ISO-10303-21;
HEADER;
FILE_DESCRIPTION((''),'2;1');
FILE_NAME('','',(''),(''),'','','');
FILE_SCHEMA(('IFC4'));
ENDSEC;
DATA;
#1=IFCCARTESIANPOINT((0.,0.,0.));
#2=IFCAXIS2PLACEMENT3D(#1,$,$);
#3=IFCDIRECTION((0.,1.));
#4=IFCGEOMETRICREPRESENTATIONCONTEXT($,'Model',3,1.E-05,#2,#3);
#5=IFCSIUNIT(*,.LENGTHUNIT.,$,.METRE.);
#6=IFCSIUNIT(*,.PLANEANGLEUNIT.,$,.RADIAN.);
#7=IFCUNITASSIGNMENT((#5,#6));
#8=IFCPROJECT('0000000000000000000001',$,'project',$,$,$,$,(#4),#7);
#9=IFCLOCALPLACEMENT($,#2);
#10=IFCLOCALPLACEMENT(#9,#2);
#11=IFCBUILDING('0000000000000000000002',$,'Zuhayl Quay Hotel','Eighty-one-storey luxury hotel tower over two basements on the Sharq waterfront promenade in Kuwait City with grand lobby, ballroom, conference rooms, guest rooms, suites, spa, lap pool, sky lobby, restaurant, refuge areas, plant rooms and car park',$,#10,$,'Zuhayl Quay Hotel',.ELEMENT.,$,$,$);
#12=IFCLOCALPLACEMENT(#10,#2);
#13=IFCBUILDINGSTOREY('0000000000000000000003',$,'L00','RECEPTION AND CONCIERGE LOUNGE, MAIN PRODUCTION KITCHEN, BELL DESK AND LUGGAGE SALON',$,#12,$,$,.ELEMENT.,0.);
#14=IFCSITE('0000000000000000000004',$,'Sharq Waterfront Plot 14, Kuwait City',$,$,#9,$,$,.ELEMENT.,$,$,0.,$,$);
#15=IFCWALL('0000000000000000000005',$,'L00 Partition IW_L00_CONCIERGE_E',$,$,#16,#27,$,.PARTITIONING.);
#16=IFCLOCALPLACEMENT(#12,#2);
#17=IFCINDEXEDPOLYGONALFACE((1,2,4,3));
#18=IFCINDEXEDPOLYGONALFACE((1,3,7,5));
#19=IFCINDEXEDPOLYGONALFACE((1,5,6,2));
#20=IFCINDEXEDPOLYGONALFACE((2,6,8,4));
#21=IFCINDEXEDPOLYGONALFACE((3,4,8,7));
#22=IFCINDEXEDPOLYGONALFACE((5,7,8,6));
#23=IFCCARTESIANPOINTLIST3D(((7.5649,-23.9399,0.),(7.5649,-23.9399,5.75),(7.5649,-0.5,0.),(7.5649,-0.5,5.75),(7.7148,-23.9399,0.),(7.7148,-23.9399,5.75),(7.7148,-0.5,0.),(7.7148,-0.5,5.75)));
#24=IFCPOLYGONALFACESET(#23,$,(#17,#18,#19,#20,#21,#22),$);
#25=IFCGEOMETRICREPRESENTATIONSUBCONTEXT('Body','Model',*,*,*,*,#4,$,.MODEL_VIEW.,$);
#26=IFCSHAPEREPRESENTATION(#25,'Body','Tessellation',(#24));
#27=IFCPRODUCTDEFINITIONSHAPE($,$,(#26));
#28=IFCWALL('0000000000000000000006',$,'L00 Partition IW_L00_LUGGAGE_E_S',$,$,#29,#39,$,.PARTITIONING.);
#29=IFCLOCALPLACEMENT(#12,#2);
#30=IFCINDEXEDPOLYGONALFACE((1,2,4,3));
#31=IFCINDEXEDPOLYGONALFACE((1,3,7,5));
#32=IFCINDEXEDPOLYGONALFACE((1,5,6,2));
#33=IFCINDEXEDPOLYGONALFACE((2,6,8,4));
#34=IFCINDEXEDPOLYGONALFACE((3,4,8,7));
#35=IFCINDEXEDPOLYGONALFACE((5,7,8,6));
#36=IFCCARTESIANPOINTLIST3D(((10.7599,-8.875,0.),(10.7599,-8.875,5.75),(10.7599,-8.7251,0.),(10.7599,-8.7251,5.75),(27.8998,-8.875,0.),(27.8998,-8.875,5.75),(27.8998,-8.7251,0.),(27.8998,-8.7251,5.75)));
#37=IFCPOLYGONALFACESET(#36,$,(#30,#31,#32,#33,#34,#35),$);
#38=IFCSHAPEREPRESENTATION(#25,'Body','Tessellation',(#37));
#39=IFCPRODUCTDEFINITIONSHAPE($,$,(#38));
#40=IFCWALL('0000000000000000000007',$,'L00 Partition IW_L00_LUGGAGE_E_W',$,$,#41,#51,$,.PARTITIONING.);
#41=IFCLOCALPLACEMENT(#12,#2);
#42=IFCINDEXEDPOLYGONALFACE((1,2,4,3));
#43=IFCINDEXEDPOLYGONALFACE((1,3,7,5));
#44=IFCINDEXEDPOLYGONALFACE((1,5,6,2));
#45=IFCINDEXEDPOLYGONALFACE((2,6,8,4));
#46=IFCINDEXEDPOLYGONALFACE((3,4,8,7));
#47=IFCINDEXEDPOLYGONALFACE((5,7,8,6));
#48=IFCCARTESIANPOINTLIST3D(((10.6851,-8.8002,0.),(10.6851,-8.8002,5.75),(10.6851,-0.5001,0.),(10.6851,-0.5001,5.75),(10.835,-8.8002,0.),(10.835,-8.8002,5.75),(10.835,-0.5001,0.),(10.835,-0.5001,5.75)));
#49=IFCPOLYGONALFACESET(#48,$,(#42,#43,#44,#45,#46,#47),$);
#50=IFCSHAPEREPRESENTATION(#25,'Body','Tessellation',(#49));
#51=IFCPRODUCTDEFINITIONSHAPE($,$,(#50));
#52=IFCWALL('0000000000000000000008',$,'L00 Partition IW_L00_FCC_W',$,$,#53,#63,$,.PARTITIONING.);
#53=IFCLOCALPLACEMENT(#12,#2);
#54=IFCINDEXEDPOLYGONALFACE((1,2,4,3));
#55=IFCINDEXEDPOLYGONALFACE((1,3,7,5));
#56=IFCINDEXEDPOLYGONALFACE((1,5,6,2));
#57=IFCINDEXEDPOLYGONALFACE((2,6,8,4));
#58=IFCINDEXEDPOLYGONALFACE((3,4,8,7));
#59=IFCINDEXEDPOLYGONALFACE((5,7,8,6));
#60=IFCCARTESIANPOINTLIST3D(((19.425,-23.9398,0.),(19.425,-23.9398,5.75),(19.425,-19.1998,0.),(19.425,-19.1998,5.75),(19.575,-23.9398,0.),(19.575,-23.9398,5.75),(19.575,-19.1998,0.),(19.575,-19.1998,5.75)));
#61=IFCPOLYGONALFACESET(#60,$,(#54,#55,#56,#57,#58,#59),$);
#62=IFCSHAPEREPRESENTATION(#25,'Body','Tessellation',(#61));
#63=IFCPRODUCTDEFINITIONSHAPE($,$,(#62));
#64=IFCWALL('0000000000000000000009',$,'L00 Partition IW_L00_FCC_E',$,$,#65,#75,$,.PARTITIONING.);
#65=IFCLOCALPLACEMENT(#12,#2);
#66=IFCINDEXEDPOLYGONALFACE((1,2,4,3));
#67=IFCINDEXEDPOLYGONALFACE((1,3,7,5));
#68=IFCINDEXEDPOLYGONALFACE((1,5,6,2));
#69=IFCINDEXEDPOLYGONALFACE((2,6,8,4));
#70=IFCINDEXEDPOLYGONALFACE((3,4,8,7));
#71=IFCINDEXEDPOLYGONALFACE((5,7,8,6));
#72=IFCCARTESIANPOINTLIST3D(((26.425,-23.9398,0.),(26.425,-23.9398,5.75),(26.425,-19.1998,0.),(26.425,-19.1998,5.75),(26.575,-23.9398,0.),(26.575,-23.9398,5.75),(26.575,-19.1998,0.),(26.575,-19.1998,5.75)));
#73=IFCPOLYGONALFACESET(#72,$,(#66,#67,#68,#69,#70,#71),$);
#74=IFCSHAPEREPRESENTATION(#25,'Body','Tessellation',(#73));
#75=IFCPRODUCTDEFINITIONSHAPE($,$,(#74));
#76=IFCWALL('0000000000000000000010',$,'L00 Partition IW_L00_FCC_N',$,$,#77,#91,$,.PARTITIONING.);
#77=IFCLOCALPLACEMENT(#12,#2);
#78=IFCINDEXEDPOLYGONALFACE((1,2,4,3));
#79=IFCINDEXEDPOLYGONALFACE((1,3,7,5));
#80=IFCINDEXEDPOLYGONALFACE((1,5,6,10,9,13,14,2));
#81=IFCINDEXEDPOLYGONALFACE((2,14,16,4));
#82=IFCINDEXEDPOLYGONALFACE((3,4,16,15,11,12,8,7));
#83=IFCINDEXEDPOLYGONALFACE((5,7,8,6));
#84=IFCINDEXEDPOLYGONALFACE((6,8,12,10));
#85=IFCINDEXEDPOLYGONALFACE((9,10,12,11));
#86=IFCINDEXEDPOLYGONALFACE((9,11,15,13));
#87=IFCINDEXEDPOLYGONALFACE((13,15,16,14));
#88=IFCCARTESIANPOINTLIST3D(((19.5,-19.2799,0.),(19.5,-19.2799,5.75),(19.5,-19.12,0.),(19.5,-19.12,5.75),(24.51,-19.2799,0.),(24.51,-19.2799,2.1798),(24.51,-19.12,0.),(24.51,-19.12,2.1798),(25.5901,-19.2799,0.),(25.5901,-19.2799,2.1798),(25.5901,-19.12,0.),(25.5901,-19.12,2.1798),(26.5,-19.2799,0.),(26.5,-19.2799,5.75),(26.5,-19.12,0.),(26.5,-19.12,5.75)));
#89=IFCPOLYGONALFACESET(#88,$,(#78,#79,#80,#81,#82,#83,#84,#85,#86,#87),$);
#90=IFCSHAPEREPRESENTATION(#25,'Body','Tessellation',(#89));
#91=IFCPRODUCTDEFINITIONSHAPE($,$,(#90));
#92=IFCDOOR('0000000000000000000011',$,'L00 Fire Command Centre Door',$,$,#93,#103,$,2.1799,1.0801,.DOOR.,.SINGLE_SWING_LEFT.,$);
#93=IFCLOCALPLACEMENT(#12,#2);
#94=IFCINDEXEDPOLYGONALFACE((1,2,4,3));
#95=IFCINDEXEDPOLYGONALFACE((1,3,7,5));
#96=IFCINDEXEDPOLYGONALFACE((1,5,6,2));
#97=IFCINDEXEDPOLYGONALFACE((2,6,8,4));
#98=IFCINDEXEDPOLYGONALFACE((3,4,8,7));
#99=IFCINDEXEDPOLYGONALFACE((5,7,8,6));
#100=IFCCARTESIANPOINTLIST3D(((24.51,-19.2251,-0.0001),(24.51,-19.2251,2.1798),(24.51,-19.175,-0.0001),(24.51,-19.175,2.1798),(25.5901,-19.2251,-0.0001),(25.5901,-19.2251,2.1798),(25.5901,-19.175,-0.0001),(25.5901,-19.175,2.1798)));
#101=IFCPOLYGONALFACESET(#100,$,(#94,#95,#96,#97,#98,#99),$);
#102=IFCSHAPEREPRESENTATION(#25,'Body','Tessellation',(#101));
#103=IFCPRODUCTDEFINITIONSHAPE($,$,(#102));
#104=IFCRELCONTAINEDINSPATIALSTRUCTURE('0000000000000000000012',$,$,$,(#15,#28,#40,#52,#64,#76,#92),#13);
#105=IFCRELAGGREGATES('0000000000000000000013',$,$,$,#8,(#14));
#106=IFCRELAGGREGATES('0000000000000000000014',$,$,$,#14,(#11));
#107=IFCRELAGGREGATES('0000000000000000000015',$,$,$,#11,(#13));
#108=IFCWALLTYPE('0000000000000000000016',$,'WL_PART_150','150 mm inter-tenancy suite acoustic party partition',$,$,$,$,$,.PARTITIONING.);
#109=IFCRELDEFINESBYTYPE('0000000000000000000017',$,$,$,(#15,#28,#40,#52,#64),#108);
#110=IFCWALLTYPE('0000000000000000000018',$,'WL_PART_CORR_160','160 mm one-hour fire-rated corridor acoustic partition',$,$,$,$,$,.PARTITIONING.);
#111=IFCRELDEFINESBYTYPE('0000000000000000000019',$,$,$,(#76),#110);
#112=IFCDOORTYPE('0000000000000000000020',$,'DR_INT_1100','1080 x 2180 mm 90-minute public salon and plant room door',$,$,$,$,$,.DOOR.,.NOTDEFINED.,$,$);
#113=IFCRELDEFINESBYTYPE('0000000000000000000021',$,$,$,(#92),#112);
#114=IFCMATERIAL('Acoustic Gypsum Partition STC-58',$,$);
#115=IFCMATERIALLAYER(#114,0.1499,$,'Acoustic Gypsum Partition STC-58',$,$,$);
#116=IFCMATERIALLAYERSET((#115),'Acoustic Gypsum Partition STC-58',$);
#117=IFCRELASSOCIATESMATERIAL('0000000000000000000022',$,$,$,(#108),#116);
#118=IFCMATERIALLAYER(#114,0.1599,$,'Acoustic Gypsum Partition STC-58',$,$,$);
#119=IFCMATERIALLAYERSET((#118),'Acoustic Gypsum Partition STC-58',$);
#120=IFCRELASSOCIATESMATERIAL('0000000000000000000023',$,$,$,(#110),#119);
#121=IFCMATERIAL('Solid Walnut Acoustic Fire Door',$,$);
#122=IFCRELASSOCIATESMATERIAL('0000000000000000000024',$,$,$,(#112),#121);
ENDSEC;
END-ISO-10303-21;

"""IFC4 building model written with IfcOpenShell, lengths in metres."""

from ifc_helpers import new_model, si_unit, direction, frame, frame_2d, origin, place, context, subcontext, project, spatial, rectangle, extrude, material, layer, layer_set, type_object, element, fill, save


model = new_model("IFC4")

# Units and contexts
model_context = context("Model", 3, precision=1e-05, world=origin(), true_north=direction((0.0, 1.0)))
body_context = subcontext(model_context, "Body", "Model", "MODEL_VIEW")
ifc_project = project(units=[si_unit("LENGTHUNIT", "METRE"), si_unit("PLANEANGLEUNIT", "RADIAN")], contexts=[model_context])

# Site, building, storey
site_placement = place(None, origin())
site = spatial("IfcSite", under=ifc_project, at=site_placement, Name="Sharq Waterfront Plot 14, Kuwait City", CompositionType="ELEMENT", RefElevation=0.0)
building_placement = place(site_placement, origin())
building = spatial("IfcBuilding", under=site, at=building_placement, Name="Zuhayl Quay Hotel", Description="Eighty-one-storey luxury hotel tower over two basements on the Sharq waterfront promenade in Kuwait City with grand lobby, ballroom, conference rooms, guest rooms, suites, spa, lap pool, sky lobby, restaurant, refuge areas, plant rooms and car park", LongName="Zuhayl Quay Hotel", CompositionType="ELEMENT")
storey_placement = place(building_placement, origin())
storey = spatial("IfcBuildingStorey", under=building, at=storey_placement, Name="L00", Description="RECEPTION AND CONCIERGE LOUNGE, MAIN PRODUCTION KITCHEN, BELL DESK AND LUGGAGE SALON", CompositionType="ELEMENT", Elevation=0.0)

# Walls
ifc_material_1 = material(Name="Acoustic Gypsum Partition STC-58")
ifc_layer_1 = layer(ifc_material_1, 0.1499, Name="Acoustic Gypsum Partition STC-58")
ifc_layer_set_1 = layer_set([ifc_layer_1], Name="Acoustic Gypsum Partition STC-58")
wall_type_1 = type_object("IfcWallType", Name="WL_PART_150", Description="150 mm inter-tenancy suite acoustic party partition", PredefinedType="PARTITIONING", material=ifc_layer_set_1)
wall_1_placement = place(storey_placement, frame((7.6399, -23.9399, 0.0), z_axis=(0.0, 0.0, 1.0), x_axis=(0.0, 1.0, 0.0)))
element("IfcWall", 1, at=wall_1_placement, inside=storey, type_object=wall_type_1, Name="L00 Partition IW_L00_CONCIERGE_E", PredefinedType="PARTITIONING", context=body_context, shape_type="SweptSolid", body=[
    extrude(rectangle(XDim=23.4399, YDim=0.1499, at=frame_2d((11.72, 0.0))), origin(), (0.0, 0.0, 1.0), 5.75),
])
wall_2_placement = place(storey_placement, frame((10.76, -8.8, 0.0), z_axis=(0.0, 0.0, 1.0), x_axis=(1.0, 0.0, 0.0)))
element("IfcWall", 2, at=wall_2_placement, inside=storey, type_object=wall_type_1, Name="L00 Partition IW_L00_LUGGAGE_E_S", PredefinedType="PARTITIONING", context=body_context, shape_type="SweptSolid", body=[
    extrude(rectangle(XDim=17.1399, YDim=0.1499, at=frame_2d((8.5698, 0.0))), origin(), (0.0, 0.0, 1.0), 5.75),
])
wall_3_placement = place(storey_placement, frame((10.76, -8.8, 0.0), z_axis=(0.0, 0.0, 1.0), x_axis=(0.0, 1.0, 0.0)))
element("IfcWall", 3, at=wall_3_placement, inside=storey, type_object=wall_type_1, Name="L00 Partition IW_L00_LUGGAGE_E_W", PredefinedType="PARTITIONING", context=body_context, shape_type="SweptSolid", body=[
    extrude(rectangle(XDim=8.3, YDim=0.1499, at=frame_2d((4.1499, 0.0))), origin(), (0.0, 0.0, 1.0), 5.75),
])
for number, where, z_axis, x_axis, name in (
    (4, (19.5, -23.9399, 0.0), (0.0, 0.0, 1.0), (0.0, 1.0, 0.0), "L00 Partition IW_L00_FCC_W"),
    (5, (26.5, -23.9399, 0.0), (0.0, 0.0, 1.0), (0.0, 1.0, 0.0), "L00 Partition IW_L00_FCC_E"),
):
    element("IfcWall", number, at=place(storey_placement, frame(where, z_axis=z_axis, x_axis=x_axis)), inside=storey, type_object=wall_type_1, Name=name, PredefinedType="PARTITIONING", context=body_context, shape_type="SweptSolid", body=[
        extrude(rectangle(XDim=4.74, YDim=0.1499, at=frame_2d((2.3701, 0.0))), origin(), (0.0, 0.0, 1.0), 5.75),
    ])

# Wall, opening, door
ifc_layer_2 = layer(ifc_material_1, 0.1599, Name="Acoustic Gypsum Partition STC-58")
ifc_layer_set_2 = layer_set([ifc_layer_2], Name="Acoustic Gypsum Partition STC-58")
wall_type_2 = type_object("IfcWallType", Name="WL_PART_CORR_160", Description="160 mm one-hour fire-rated corridor acoustic partition", PredefinedType="PARTITIONING", material=ifc_layer_set_2)
wall_4_placement = place(storey_placement, frame((19.5, -19.2, 0.0), z_axis=(0.0, 0.0, 1.0), x_axis=(1.0, 0.0, 0.0)))
wall_4 = element("IfcWall", 6, at=wall_4_placement, inside=storey, type_object=wall_type_2, Name="L00 Partition IW_L00_FCC_N", PredefinedType="PARTITIONING", context=body_context, shape_type="SweptSolid", body=[
    extrude(rectangle(XDim=7.0, YDim=0.1599, at=frame_2d((3.5, 0.0))), origin(), (0.0, 0.0, 1.0), 5.75),
])
opening_1_placement = place(wall_4_placement, frame((5.01, 0.0, 0.0)))
opening_1 = element("IfcOpeningElement", 7, at=opening_1_placement, cuts=wall_4, PredefinedType="OPENING", context=body_context, shape_type="SweptSolid", body=[
    extrude(rectangle(XDim=1.0801, YDim=2.1799, at=frame_2d((0.54, 1.0898))), frame((0.0, 0.0898, 0.0), z_axis=(0.0, -1.0, 0.0), x_axis=(1.0, 0.0, 0.0)), (0.0, 0.0, 1.0), 0.1799),
])
ifc_material_2 = material(Name="Solid Walnut Acoustic Fire Door")
door_type_1 = type_object("IfcDoorType", Name="DR_INT_1100", Description="1080 x 2180 mm 90-minute public salon and plant room door", OperationType="NOTDEFINED", PredefinedType="DOOR", material=ifc_material_2)
door_1_placement = place(opening_1_placement, origin())
door_1 = element("IfcDoor", 8, at=door_1_placement, inside=storey, type_object=door_type_1, Name="L00 Fire Command Centre Door", OperationType="SINGLE_SWING_LEFT", OverallHeight=2.1799, OverallWidth=1.0801, PredefinedType="DOOR", context=body_context, shape_type="SweptSolid", body=[
    extrude(rectangle(XDim=1.0801, YDim=2.1799, at=frame_2d((0.54, 1.0898))), frame((0.0, 0.0249, 0.0), z_axis=(0.0, -1.0, 0.0), x_axis=(1.0, 0.0, 0.0)), (0.0, 0.0, 1.0), 0.05),
])
fill(opening_1, door_1)

save(model, "model.ifc")
